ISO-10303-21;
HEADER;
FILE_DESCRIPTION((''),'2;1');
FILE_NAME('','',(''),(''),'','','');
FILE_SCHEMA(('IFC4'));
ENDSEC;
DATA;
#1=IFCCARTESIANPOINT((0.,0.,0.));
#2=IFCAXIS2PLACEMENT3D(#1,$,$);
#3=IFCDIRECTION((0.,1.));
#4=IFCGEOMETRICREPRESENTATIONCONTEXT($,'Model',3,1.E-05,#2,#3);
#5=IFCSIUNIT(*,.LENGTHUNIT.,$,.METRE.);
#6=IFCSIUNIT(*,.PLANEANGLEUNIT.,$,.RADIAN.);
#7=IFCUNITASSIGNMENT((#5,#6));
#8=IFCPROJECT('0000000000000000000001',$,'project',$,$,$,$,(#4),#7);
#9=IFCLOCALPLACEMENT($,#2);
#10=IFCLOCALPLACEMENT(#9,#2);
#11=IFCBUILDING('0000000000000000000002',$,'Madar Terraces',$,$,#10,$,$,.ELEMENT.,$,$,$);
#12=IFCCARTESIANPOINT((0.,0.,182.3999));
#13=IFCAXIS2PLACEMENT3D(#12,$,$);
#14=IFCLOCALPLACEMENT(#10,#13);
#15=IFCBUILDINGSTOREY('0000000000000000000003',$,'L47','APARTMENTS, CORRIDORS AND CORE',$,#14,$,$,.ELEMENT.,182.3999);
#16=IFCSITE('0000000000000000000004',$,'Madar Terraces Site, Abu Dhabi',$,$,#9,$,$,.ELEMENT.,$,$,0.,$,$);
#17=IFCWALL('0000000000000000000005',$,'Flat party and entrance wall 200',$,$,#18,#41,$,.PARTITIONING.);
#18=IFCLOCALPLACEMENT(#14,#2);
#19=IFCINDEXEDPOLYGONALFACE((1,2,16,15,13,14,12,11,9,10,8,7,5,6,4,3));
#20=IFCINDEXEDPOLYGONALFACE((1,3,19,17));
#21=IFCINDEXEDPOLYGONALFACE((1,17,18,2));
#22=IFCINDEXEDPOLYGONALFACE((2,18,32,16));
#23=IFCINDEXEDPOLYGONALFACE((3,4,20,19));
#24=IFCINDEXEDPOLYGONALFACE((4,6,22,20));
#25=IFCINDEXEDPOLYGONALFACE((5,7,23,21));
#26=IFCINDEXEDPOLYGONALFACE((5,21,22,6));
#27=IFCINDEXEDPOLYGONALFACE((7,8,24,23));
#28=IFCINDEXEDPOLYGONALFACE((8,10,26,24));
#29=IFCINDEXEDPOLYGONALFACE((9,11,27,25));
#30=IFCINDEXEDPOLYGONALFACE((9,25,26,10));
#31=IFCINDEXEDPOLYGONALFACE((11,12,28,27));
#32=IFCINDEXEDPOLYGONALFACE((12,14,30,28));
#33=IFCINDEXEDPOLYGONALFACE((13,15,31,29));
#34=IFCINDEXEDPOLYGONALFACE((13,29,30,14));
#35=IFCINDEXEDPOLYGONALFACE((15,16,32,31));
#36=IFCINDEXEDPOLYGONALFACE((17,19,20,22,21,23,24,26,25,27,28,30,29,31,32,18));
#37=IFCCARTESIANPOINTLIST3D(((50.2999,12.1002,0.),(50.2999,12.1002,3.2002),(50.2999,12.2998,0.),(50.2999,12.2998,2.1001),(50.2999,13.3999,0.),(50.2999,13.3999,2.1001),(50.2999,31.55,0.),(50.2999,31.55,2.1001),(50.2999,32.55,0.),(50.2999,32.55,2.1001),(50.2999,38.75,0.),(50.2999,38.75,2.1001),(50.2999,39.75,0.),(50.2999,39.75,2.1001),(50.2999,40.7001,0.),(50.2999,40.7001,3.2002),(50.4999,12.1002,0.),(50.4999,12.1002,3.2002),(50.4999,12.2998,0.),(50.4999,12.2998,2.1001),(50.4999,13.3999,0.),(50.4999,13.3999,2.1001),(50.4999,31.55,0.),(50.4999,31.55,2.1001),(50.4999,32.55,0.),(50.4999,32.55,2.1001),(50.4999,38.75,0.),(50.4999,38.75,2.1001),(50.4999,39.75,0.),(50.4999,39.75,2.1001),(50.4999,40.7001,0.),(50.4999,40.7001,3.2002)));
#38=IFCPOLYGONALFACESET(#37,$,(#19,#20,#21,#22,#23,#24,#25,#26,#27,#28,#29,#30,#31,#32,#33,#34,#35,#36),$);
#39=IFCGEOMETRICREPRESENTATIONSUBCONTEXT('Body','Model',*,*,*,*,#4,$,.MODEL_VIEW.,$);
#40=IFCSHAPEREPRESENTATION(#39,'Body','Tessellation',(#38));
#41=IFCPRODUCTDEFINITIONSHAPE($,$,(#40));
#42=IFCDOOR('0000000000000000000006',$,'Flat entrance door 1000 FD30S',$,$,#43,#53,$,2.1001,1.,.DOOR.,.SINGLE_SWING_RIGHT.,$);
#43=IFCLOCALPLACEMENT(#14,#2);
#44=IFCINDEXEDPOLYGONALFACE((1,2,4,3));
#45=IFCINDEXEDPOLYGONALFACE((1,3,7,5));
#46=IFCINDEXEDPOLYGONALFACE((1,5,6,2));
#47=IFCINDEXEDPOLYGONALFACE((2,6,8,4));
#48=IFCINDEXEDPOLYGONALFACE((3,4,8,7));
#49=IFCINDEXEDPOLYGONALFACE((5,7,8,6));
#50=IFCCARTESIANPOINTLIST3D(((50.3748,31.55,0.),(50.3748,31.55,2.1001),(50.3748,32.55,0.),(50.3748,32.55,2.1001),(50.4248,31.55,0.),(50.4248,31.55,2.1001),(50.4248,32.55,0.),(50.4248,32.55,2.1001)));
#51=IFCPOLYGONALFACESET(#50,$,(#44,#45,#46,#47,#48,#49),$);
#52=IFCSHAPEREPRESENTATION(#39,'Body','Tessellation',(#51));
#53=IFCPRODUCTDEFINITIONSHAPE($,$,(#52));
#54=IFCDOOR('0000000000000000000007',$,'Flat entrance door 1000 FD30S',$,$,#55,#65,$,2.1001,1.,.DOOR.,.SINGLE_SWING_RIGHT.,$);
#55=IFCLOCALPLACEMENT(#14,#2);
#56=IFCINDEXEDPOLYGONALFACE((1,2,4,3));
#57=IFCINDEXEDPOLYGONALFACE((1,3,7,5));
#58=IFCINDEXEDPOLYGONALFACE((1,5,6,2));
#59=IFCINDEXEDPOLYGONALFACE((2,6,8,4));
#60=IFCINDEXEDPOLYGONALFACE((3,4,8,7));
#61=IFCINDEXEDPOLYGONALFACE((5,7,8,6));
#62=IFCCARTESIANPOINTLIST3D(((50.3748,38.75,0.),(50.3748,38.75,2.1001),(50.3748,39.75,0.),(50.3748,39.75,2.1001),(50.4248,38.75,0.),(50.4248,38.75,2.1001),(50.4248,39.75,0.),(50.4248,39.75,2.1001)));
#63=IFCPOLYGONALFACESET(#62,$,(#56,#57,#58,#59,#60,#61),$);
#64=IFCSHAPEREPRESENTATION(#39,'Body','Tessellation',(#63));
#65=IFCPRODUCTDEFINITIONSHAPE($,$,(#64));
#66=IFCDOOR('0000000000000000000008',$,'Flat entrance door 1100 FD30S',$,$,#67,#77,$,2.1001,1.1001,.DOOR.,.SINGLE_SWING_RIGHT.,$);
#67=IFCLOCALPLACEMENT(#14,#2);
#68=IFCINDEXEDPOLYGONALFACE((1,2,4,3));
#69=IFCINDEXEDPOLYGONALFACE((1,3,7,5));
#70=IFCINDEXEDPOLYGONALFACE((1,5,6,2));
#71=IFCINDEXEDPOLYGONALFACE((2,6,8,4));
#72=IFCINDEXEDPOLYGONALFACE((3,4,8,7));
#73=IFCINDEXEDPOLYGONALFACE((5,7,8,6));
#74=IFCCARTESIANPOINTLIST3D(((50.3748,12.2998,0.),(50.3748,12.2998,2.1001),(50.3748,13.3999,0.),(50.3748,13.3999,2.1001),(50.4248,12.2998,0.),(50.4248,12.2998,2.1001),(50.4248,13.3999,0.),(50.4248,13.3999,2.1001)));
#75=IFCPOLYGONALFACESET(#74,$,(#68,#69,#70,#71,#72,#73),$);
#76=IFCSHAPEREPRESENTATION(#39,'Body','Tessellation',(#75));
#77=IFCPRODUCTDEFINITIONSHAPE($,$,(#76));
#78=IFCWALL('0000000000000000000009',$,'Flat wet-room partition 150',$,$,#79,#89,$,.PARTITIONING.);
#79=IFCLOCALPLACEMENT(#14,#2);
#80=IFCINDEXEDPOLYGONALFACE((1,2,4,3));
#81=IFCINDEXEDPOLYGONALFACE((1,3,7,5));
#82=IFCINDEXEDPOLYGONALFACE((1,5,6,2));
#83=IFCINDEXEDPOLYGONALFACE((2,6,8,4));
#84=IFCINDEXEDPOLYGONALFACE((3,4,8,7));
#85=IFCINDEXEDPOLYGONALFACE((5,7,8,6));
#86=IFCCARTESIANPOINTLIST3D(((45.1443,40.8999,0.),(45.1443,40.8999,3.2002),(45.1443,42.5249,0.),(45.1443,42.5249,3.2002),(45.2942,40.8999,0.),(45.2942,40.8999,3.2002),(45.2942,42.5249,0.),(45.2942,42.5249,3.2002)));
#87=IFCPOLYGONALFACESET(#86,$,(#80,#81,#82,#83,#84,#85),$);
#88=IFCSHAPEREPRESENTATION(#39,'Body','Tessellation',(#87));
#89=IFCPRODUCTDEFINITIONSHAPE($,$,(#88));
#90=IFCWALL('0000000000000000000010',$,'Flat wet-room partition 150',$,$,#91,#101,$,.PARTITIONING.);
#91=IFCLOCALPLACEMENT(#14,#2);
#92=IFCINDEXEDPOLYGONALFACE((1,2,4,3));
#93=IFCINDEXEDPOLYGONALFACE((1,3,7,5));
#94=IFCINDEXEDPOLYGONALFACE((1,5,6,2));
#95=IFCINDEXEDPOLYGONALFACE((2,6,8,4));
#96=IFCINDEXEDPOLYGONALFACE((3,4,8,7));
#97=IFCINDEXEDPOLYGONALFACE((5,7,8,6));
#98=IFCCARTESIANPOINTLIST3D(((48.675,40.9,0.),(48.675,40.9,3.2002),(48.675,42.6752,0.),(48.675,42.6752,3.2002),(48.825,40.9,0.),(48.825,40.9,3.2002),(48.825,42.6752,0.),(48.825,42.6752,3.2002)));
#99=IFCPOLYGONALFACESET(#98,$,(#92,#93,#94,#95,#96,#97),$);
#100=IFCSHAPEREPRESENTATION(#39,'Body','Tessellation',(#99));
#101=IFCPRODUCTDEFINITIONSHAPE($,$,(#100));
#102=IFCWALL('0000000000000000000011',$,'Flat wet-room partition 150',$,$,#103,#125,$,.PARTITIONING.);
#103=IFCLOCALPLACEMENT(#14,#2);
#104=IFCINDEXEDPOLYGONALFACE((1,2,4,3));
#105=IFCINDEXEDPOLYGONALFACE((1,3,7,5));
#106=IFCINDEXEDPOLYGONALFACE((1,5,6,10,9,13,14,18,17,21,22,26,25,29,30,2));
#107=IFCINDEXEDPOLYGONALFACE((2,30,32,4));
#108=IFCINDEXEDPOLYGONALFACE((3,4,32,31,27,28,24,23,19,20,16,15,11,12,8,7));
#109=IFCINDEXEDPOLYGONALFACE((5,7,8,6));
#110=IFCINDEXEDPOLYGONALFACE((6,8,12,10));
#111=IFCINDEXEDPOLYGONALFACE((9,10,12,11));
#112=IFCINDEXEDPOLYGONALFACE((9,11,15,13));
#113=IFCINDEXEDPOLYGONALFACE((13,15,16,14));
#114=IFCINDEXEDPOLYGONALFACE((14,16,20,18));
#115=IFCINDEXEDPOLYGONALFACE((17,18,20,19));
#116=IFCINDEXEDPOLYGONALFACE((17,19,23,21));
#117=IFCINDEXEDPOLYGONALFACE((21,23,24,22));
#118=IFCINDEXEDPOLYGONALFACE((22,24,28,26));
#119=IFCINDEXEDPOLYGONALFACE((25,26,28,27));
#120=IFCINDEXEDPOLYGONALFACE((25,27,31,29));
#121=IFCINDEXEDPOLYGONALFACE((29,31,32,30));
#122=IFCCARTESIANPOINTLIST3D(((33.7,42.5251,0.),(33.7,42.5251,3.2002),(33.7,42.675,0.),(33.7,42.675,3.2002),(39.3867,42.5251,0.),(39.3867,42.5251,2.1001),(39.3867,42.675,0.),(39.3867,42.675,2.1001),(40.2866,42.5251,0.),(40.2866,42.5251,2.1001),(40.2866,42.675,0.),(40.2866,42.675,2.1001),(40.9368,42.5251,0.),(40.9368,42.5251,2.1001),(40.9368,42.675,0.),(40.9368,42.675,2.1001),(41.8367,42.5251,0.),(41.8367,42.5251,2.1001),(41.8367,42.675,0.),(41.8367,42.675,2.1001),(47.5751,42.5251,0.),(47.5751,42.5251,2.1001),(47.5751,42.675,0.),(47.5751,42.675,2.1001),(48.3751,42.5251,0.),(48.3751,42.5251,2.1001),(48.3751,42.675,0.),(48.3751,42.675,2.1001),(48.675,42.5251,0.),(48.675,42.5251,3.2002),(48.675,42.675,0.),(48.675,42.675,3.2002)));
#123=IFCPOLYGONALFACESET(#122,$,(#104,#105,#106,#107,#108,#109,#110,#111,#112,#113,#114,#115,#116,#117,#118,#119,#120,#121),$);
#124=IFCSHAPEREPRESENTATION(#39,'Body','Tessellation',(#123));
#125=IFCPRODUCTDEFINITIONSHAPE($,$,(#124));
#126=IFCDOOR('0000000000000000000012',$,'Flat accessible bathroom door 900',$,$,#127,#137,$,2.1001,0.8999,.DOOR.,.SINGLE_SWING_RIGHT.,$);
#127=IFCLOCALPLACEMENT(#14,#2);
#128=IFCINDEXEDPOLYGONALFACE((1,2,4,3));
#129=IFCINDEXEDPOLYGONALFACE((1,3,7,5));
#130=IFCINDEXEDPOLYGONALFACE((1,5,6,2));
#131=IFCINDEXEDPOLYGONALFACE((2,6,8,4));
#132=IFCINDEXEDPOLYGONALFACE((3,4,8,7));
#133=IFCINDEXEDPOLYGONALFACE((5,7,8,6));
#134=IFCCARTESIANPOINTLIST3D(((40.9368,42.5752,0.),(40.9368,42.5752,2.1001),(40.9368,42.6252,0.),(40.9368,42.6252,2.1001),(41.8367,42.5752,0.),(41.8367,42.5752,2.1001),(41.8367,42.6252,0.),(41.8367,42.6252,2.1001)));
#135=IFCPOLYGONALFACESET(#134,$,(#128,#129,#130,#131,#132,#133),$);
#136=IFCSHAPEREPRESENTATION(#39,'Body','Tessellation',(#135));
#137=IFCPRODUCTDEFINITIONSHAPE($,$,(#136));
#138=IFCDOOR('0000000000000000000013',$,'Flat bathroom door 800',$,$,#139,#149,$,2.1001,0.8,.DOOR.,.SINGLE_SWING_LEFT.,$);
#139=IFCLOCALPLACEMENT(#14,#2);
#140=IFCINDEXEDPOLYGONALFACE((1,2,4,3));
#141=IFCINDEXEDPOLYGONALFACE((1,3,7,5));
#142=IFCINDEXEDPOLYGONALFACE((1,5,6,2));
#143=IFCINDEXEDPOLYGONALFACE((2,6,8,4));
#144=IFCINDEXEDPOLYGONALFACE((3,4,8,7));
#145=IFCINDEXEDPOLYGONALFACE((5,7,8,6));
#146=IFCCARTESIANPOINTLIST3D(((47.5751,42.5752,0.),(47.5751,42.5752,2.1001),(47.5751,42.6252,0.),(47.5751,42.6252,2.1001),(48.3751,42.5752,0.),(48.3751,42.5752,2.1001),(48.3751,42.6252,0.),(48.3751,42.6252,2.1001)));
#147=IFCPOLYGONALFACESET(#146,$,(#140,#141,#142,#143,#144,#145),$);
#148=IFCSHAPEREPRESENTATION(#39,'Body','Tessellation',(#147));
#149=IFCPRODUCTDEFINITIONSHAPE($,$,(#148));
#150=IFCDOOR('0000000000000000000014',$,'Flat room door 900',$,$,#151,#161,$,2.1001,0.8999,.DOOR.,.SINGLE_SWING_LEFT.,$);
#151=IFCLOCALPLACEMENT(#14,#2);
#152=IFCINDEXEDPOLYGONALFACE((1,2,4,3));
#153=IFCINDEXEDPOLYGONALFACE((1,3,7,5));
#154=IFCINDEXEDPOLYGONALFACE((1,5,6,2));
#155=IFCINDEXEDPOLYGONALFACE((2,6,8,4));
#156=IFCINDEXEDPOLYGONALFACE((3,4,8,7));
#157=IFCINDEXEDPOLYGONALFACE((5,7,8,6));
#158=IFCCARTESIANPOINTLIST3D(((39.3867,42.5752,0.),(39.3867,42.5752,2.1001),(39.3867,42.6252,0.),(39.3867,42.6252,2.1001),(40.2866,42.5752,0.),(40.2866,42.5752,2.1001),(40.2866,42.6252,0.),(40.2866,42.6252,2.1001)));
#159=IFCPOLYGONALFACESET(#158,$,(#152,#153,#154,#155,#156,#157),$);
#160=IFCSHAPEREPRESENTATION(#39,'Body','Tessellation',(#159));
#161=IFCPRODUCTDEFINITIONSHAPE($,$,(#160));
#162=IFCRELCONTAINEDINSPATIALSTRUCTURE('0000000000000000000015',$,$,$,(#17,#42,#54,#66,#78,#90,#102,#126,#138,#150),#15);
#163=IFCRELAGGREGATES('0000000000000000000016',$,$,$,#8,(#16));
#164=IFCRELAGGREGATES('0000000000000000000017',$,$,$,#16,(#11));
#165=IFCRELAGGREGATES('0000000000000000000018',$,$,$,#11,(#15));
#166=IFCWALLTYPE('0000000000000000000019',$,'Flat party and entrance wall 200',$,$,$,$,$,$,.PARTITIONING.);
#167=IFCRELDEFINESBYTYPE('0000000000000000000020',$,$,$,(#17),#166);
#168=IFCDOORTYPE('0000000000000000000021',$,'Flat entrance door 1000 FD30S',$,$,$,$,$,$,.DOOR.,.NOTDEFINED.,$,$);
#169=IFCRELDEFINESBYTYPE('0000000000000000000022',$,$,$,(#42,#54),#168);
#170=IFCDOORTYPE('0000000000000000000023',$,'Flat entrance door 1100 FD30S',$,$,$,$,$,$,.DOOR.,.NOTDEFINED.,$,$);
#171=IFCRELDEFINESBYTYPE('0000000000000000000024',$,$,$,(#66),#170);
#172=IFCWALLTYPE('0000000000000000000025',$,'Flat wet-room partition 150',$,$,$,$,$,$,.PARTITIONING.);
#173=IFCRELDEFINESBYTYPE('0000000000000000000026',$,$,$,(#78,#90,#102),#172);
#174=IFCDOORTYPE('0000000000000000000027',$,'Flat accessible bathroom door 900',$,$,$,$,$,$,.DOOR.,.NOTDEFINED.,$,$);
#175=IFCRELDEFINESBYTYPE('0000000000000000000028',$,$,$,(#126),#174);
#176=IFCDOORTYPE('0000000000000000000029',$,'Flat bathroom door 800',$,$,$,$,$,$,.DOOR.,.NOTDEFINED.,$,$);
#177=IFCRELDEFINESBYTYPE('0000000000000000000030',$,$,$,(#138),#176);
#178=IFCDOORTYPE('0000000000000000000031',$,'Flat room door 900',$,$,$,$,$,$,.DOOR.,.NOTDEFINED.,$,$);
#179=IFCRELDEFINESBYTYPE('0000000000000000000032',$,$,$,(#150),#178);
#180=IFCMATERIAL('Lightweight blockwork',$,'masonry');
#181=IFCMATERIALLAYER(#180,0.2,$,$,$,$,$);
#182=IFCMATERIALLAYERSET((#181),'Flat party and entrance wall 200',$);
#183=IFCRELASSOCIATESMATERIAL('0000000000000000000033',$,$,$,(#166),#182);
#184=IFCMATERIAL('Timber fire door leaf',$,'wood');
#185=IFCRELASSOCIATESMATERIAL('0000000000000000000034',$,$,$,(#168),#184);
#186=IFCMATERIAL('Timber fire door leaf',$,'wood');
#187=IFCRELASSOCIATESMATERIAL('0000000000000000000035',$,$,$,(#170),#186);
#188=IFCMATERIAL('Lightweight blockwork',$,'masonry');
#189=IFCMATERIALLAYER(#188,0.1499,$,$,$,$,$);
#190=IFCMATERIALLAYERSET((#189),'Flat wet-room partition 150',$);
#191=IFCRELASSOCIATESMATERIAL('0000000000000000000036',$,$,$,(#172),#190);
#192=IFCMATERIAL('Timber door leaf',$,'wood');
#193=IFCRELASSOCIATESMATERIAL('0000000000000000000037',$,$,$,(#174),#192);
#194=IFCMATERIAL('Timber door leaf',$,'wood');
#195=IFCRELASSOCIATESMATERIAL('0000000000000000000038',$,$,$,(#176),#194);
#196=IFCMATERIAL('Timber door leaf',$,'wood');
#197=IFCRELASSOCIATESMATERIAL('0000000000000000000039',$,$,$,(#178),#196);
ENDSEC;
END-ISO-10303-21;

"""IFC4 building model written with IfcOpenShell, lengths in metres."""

from ifc_helpers import new_model, si_unit, direction, frame, frame_2d, origin, place, context, subcontext, project, spatial, rectangle, extrude, material, layer, layer_set, type_object, element, fill, save


model = new_model("IFC4")

# Units and contexts
model_context = context("Model", 3, precision=1e-05, world=origin(), true_north=direction((0.0, 1.0)))
body_context = subcontext(model_context, "Body", "Model", "MODEL_VIEW")
ifc_project = project(units=[si_unit("LENGTHUNIT", "METRE"), si_unit("PLANEANGLEUNIT", "RADIAN")], contexts=[model_context])

# Site, building, storey
site_placement = place(None, origin())
site = spatial("IfcSite", under=ifc_project, at=site_placement, Name="Madar Terraces Site, Abu Dhabi", CompositionType="ELEMENT", RefElevation=0.0)
building_placement = place(site_placement, origin())
building = spatial("IfcBuilding", under=site, at=building_placement, Name="Madar Terraces", CompositionType="ELEMENT")
storey_placement = place(building_placement, frame((0.0, 0.0, 182.3999)))
storey = spatial("IfcBuildingStorey", under=building, at=storey_placement, Name="L47", Description="APARTMENTS, CORRIDORS AND CORE", CompositionType="ELEMENT", Elevation=182.3999)

# Wall, openings, doors
ifc_material_1 = material(Name="Lightweight blockwork", Category="masonry")
ifc_layer_1 = layer(ifc_material_1, 0.2)
ifc_layer_set_1 = layer_set([ifc_layer_1], Name="Flat party and entrance wall 200")
wall_type_1 = type_object("IfcWallType", Name="Flat party and entrance wall 200", PredefinedType="PARTITIONING", material=ifc_layer_set_1)
wall_1_placement = place(storey_placement, frame((50.3999, 40.7, 0.0), z_axis=(0.0, 0.0, 1.0), x_axis=(0.0, -1.0, 0.0)))
wall_1 = element("IfcWall", 1, at=wall_1_placement, inside=storey, type_object=wall_type_1, Name="Flat party and entrance wall 200", PredefinedType="PARTITIONING", context=body_context, shape_type="SweptSolid", body=[
    extrude(rectangle(XDim=28.5999, YDim=0.2, at=frame_2d((14.2998, 0.0))), origin(), (0.0, 0.0, 1.0), 3.2002),
])
opening_1_placement = place(wall_1_placement, frame((27.3, 0.0, 0.0)))
opening_1 = element("IfcOpeningElement", 2, at=opening_1_placement, cuts=wall_1, PredefinedType="OPENING", context=body_context, shape_type="SweptSolid", body=[
    extrude(rectangle(XDim=1.1001, YDim=2.1001, at=frame_2d((0.55, 1.05))), frame((0.0, 0.1099, 0.0), z_axis=(0.0, -1.0, 0.0), x_axis=(1.0, 0.0, 0.0)), (0.0, 0.0, 1.0), 0.22),
])
opening_2_placement = place(wall_1_placement, frame((8.1499, 0.0, 0.0)))
opening_2 = element("IfcOpeningElement", 3, at=opening_2_placement, cuts=wall_1, PredefinedType="OPENING", context=body_context, shape_type="SweptSolid", body=[
    extrude(rectangle(XDim=1.0, YDim=2.1001, at=frame_2d((0.5, 1.05))), frame((0.0, 0.1099, 0.0), z_axis=(0.0, -1.0, 0.0), x_axis=(1.0, 0.0, 0.0)), (0.0, 0.0, 1.0), 0.22),
])
opening_3_placement = place(wall_1_placement, frame((0.95, 0.0, 0.0)))
opening_3 = element("IfcOpeningElement", 4, at=opening_3_placement, cuts=wall_1, PredefinedType="OPENING", context=body_context, shape_type="SweptSolid", body=[
    extrude(rectangle(XDim=1.0, YDim=2.1001, at=frame_2d((0.5, 1.05))), frame((0.0, 0.1099, 0.0), z_axis=(0.0, -1.0, 0.0), x_axis=(1.0, 0.0, 0.0)), (0.0, 0.0, 1.0), 0.22),
])
ifc_material_2 = material(Name="Timber fire door leaf", Category="wood")
door_type_1 = type_object("IfcDoorType", Name="Flat entrance door 1000 FD30S", OperationType="NOTDEFINED", PredefinedType="DOOR", material=ifc_material_2)
door_1_placement = place(opening_2_placement, origin())
door_1 = element("IfcDoor", 5, at=door_1_placement, inside=storey, type_object=door_type_1, Name="Flat entrance door 1000 FD30S", OperationType="SINGLE_SWING_RIGHT", OverallHeight=2.1001, OverallWidth=1.0, PredefinedType="DOOR", context=body_context, shape_type="SweptSolid", body=[
    extrude(rectangle(XDim=1.0, YDim=2.1001, at=frame_2d((0.5, 1.05))), frame((0.0, 0.0249, 0.0), z_axis=(0.0, -1.0, 0.0), x_axis=(1.0, 0.0, 0.0)), (0.0, 0.0, 1.0), 0.05),
])
fill(opening_2, door_1)
door_2_placement = place(opening_3_placement, origin())
door_2 = element("IfcDoor", 6, at=door_2_placement, inside=storey, type_object=door_type_1, Name="Flat entrance door 1000 FD30S", OperationType="SINGLE_SWING_RIGHT", OverallHeight=2.1001, OverallWidth=1.0, PredefinedType="DOOR", context=body_context, shape_type="SweptSolid", body=[
    extrude(rectangle(XDim=1.0, YDim=2.1001, at=frame_2d((0.5, 1.05))), frame((0.0, 0.0249, 0.0), z_axis=(0.0, -1.0, 0.0), x_axis=(1.0, 0.0, 0.0)), (0.0, 0.0, 1.0), 0.05),
])
fill(opening_3, door_2)
ifc_material_3 = material(Name="Timber fire door leaf", Category="wood")
door_type_2 = type_object("IfcDoorType", Name="Flat entrance door 1100 FD30S", OperationType="NOTDEFINED", PredefinedType="DOOR", material=ifc_material_3)
door_3_placement = place(opening_1_placement, origin())
door_3 = element("IfcDoor", 7, at=door_3_placement, inside=storey, type_object=door_type_2, Name="Flat entrance door 1100 FD30S", OperationType="SINGLE_SWING_RIGHT", OverallHeight=2.1001, OverallWidth=1.1001, PredefinedType="DOOR", context=body_context, shape_type="SweptSolid", body=[
    extrude(rectangle(XDim=1.1001, YDim=2.1001, at=frame_2d((0.55, 1.05))), frame((0.0, 0.0249, 0.0), z_axis=(0.0, -1.0, 0.0), x_axis=(1.0, 0.0, 0.0)), (0.0, 0.0, 1.0), 0.05),
])
fill(opening_1, door_3)

# Walls
ifc_material_4 = material(Name="Lightweight blockwork", Category="masonry")
ifc_layer_2 = layer(ifc_material_4, 0.1499)
ifc_layer_set_2 = layer_set([ifc_layer_2], Name="Flat wet-room partition 150")
wall_type_2 = type_object("IfcWallType", Name="Flat wet-room partition 150", PredefinedType="PARTITIONING", material=ifc_layer_set_2)
wall_2_placement = place(storey_placement, frame((45.2192, 40.8999, 0.0), z_axis=(0.0, 0.0, 1.0), x_axis=(0.0, 1.0, 0.0)))
element("IfcWall", 8, at=wall_2_placement, inside=storey, type_object=wall_type_2, Name="Flat wet-room partition 150", PredefinedType="PARTITIONING", context=body_context, shape_type="SweptSolid", body=[
    extrude(rectangle(XDim=1.625, YDim=0.1499, at=frame_2d((0.8125, 0.0))), origin(), (0.0, 0.0, 1.0), 3.2002),
])
wall_3_placement = place(storey_placement, frame((48.75, 40.8999, 0.0), z_axis=(0.0, 0.0, 1.0), x_axis=(0.0, 1.0, 0.0)))
element("IfcWall", 9, at=wall_3_placement, inside=storey, type_object=wall_type_2, Name="Flat wet-room partition 150", PredefinedType="PARTITIONING", context=body_context, shape_type="SweptSolid", body=[
    extrude(rectangle(XDim=1.7751, YDim=0.1499, at=frame_2d((0.8877, 0.0))), origin(), (0.0, 0.0, 1.0), 3.2002),
])

# Wall, openings, doors
wall_4_placement = place(storey_placement, frame((48.675, 42.6001, 0.0), z_axis=(0.0, 0.0, 1.0), x_axis=(-1.0, 0.0, 0.0)))
wall_4 = element("IfcWall", 10, at=wall_4_placement, inside=storey, type_object=wall_type_2, Name="Flat wet-room partition 150", PredefinedType="PARTITIONING", context=body_context, shape_type="SweptSolid", body=[
    extrude(rectangle(XDim=14.9751, YDim=0.1499, at=frame_2d((7.4875, 0.0))), origin(), (0.0, 0.0, 1.0), 3.2002),
])
opening_4_placement = place(wall_4_placement, frame((0.3, 0.0, 0.0)))
opening_4 = element("IfcOpeningElement", 11, at=opening_4_placement, cuts=wall_4, PredefinedType="OPENING", context=body_context, shape_type="SweptSolid", body=[
    extrude(rectangle(XDim=0.8, YDim=2.1001, at=frame_2d((0.3999, 1.05))), frame((0.0, 0.085, 0.0), z_axis=(0.0, -1.0, 0.0), x_axis=(1.0, 0.0, 0.0)), (0.0, 0.0, 1.0), 0.1699),
])
opening_5_placement = place(wall_4_placement, frame((6.8384, 0.0, 0.0)))
opening_5 = element("IfcOpeningElement", 12, at=opening_5_placement, cuts=wall_4, PredefinedType="OPENING", context=body_context, shape_type="SweptSolid", body=[
    extrude(rectangle(XDim=0.8999, YDim=2.1001, at=frame_2d((0.45, 1.05))), frame((0.0, 0.085, 0.0), z_axis=(0.0, -1.0, 0.0), x_axis=(1.0, 0.0, 0.0)), (0.0, 0.0, 1.0), 0.1699),
])
opening_6_placement = place(wall_4_placement, frame((8.3884, 0.0, 0.0)))
opening_6 = element("IfcOpeningElement", 13, at=opening_6_placement, cuts=wall_4, PredefinedType="OPENING", context=body_context, shape_type="SweptSolid", body=[
    extrude(rectangle(XDim=0.8999, YDim=2.1001, at=frame_2d((0.45, 1.05))), frame((0.0, 0.085, 0.0), z_axis=(0.0, -1.0, 0.0), x_axis=(1.0, 0.0, 0.0)), (0.0, 0.0, 1.0), 0.1699),
])
ifc_material_5 = material(Name="Timber door leaf", Category="wood")
door_type_3 = type_object("IfcDoorType", Name="Flat accessible bathroom door 900", OperationType="NOTDEFINED", PredefinedType="DOOR", material=ifc_material_5)
door_4_placement = place(opening_5_placement, origin())
door_4 = element("IfcDoor", 14, at=door_4_placement, inside=storey, type_object=door_type_3, Name="Flat accessible bathroom door 900", OperationType="SINGLE_SWING_RIGHT", OverallHeight=2.1001, OverallWidth=0.8999, PredefinedType="DOOR", context=body_context, shape_type="SweptSolid", body=[
    extrude(rectangle(XDim=0.8999, YDim=2.1001, at=frame_2d((0.45, 1.05))), frame((0.0, 0.0249, 0.0), z_axis=(0.0, -1.0, 0.0), x_axis=(1.0, 0.0, 0.0)), (0.0, 0.0, 1.0), 0.05),
])
fill(opening_5, door_4)
ifc_material_6 = material(Name="Timber door leaf", Category="wood")
door_type_4 = type_object("IfcDoorType", Name="Flat bathroom door 800", OperationType="NOTDEFINED", PredefinedType="DOOR", material=ifc_material_6)
door_5_placement = place(opening_4_placement, origin())
door_5 = element("IfcDoor", 15, at=door_5_placement, inside=storey, type_object=door_type_4, Name="Flat bathroom door 800", OperationType="SINGLE_SWING_LEFT", OverallHeight=2.1001, OverallWidth=0.8, PredefinedType="DOOR", context=body_context, shape_type="SweptSolid", body=[
    extrude(rectangle(XDim=0.8, YDim=2.1001, at=frame_2d((0.3999, 1.05))), frame((0.0, 0.0249, 0.0), z_axis=(0.0, -1.0, 0.0), x_axis=(1.0, 0.0, 0.0)), (0.0, 0.0, 1.0), 0.05),
])
fill(opening_4, door_5)
ifc_material_7 = material(Name="Timber door leaf", Category="wood")
door_type_5 = type_object("IfcDoorType", Name="Flat room door 900", OperationType="NOTDEFINED", PredefinedType="DOOR", material=ifc_material_7)
door_6_placement = place(opening_6_placement, origin())
door_6 = element("IfcDoor", 16, at=door_6_placement, inside=storey, type_object=door_type_5, Name="Flat room door 900", OperationType="SINGLE_SWING_LEFT", OverallHeight=2.1001, OverallWidth=0.8999, PredefinedType="DOOR", context=body_context, shape_type="SweptSolid", body=[
    extrude(rectangle(XDim=0.8999, YDim=2.1001, at=frame_2d((0.45, 1.05))), frame((0.0, 0.0249, 0.0), z_axis=(0.0, -1.0, 0.0), x_axis=(1.0, 0.0, 0.0)), (0.0, 0.0, 1.0), 0.05),
])
fill(opening_6, door_6)

save(model, "model.ifc")
